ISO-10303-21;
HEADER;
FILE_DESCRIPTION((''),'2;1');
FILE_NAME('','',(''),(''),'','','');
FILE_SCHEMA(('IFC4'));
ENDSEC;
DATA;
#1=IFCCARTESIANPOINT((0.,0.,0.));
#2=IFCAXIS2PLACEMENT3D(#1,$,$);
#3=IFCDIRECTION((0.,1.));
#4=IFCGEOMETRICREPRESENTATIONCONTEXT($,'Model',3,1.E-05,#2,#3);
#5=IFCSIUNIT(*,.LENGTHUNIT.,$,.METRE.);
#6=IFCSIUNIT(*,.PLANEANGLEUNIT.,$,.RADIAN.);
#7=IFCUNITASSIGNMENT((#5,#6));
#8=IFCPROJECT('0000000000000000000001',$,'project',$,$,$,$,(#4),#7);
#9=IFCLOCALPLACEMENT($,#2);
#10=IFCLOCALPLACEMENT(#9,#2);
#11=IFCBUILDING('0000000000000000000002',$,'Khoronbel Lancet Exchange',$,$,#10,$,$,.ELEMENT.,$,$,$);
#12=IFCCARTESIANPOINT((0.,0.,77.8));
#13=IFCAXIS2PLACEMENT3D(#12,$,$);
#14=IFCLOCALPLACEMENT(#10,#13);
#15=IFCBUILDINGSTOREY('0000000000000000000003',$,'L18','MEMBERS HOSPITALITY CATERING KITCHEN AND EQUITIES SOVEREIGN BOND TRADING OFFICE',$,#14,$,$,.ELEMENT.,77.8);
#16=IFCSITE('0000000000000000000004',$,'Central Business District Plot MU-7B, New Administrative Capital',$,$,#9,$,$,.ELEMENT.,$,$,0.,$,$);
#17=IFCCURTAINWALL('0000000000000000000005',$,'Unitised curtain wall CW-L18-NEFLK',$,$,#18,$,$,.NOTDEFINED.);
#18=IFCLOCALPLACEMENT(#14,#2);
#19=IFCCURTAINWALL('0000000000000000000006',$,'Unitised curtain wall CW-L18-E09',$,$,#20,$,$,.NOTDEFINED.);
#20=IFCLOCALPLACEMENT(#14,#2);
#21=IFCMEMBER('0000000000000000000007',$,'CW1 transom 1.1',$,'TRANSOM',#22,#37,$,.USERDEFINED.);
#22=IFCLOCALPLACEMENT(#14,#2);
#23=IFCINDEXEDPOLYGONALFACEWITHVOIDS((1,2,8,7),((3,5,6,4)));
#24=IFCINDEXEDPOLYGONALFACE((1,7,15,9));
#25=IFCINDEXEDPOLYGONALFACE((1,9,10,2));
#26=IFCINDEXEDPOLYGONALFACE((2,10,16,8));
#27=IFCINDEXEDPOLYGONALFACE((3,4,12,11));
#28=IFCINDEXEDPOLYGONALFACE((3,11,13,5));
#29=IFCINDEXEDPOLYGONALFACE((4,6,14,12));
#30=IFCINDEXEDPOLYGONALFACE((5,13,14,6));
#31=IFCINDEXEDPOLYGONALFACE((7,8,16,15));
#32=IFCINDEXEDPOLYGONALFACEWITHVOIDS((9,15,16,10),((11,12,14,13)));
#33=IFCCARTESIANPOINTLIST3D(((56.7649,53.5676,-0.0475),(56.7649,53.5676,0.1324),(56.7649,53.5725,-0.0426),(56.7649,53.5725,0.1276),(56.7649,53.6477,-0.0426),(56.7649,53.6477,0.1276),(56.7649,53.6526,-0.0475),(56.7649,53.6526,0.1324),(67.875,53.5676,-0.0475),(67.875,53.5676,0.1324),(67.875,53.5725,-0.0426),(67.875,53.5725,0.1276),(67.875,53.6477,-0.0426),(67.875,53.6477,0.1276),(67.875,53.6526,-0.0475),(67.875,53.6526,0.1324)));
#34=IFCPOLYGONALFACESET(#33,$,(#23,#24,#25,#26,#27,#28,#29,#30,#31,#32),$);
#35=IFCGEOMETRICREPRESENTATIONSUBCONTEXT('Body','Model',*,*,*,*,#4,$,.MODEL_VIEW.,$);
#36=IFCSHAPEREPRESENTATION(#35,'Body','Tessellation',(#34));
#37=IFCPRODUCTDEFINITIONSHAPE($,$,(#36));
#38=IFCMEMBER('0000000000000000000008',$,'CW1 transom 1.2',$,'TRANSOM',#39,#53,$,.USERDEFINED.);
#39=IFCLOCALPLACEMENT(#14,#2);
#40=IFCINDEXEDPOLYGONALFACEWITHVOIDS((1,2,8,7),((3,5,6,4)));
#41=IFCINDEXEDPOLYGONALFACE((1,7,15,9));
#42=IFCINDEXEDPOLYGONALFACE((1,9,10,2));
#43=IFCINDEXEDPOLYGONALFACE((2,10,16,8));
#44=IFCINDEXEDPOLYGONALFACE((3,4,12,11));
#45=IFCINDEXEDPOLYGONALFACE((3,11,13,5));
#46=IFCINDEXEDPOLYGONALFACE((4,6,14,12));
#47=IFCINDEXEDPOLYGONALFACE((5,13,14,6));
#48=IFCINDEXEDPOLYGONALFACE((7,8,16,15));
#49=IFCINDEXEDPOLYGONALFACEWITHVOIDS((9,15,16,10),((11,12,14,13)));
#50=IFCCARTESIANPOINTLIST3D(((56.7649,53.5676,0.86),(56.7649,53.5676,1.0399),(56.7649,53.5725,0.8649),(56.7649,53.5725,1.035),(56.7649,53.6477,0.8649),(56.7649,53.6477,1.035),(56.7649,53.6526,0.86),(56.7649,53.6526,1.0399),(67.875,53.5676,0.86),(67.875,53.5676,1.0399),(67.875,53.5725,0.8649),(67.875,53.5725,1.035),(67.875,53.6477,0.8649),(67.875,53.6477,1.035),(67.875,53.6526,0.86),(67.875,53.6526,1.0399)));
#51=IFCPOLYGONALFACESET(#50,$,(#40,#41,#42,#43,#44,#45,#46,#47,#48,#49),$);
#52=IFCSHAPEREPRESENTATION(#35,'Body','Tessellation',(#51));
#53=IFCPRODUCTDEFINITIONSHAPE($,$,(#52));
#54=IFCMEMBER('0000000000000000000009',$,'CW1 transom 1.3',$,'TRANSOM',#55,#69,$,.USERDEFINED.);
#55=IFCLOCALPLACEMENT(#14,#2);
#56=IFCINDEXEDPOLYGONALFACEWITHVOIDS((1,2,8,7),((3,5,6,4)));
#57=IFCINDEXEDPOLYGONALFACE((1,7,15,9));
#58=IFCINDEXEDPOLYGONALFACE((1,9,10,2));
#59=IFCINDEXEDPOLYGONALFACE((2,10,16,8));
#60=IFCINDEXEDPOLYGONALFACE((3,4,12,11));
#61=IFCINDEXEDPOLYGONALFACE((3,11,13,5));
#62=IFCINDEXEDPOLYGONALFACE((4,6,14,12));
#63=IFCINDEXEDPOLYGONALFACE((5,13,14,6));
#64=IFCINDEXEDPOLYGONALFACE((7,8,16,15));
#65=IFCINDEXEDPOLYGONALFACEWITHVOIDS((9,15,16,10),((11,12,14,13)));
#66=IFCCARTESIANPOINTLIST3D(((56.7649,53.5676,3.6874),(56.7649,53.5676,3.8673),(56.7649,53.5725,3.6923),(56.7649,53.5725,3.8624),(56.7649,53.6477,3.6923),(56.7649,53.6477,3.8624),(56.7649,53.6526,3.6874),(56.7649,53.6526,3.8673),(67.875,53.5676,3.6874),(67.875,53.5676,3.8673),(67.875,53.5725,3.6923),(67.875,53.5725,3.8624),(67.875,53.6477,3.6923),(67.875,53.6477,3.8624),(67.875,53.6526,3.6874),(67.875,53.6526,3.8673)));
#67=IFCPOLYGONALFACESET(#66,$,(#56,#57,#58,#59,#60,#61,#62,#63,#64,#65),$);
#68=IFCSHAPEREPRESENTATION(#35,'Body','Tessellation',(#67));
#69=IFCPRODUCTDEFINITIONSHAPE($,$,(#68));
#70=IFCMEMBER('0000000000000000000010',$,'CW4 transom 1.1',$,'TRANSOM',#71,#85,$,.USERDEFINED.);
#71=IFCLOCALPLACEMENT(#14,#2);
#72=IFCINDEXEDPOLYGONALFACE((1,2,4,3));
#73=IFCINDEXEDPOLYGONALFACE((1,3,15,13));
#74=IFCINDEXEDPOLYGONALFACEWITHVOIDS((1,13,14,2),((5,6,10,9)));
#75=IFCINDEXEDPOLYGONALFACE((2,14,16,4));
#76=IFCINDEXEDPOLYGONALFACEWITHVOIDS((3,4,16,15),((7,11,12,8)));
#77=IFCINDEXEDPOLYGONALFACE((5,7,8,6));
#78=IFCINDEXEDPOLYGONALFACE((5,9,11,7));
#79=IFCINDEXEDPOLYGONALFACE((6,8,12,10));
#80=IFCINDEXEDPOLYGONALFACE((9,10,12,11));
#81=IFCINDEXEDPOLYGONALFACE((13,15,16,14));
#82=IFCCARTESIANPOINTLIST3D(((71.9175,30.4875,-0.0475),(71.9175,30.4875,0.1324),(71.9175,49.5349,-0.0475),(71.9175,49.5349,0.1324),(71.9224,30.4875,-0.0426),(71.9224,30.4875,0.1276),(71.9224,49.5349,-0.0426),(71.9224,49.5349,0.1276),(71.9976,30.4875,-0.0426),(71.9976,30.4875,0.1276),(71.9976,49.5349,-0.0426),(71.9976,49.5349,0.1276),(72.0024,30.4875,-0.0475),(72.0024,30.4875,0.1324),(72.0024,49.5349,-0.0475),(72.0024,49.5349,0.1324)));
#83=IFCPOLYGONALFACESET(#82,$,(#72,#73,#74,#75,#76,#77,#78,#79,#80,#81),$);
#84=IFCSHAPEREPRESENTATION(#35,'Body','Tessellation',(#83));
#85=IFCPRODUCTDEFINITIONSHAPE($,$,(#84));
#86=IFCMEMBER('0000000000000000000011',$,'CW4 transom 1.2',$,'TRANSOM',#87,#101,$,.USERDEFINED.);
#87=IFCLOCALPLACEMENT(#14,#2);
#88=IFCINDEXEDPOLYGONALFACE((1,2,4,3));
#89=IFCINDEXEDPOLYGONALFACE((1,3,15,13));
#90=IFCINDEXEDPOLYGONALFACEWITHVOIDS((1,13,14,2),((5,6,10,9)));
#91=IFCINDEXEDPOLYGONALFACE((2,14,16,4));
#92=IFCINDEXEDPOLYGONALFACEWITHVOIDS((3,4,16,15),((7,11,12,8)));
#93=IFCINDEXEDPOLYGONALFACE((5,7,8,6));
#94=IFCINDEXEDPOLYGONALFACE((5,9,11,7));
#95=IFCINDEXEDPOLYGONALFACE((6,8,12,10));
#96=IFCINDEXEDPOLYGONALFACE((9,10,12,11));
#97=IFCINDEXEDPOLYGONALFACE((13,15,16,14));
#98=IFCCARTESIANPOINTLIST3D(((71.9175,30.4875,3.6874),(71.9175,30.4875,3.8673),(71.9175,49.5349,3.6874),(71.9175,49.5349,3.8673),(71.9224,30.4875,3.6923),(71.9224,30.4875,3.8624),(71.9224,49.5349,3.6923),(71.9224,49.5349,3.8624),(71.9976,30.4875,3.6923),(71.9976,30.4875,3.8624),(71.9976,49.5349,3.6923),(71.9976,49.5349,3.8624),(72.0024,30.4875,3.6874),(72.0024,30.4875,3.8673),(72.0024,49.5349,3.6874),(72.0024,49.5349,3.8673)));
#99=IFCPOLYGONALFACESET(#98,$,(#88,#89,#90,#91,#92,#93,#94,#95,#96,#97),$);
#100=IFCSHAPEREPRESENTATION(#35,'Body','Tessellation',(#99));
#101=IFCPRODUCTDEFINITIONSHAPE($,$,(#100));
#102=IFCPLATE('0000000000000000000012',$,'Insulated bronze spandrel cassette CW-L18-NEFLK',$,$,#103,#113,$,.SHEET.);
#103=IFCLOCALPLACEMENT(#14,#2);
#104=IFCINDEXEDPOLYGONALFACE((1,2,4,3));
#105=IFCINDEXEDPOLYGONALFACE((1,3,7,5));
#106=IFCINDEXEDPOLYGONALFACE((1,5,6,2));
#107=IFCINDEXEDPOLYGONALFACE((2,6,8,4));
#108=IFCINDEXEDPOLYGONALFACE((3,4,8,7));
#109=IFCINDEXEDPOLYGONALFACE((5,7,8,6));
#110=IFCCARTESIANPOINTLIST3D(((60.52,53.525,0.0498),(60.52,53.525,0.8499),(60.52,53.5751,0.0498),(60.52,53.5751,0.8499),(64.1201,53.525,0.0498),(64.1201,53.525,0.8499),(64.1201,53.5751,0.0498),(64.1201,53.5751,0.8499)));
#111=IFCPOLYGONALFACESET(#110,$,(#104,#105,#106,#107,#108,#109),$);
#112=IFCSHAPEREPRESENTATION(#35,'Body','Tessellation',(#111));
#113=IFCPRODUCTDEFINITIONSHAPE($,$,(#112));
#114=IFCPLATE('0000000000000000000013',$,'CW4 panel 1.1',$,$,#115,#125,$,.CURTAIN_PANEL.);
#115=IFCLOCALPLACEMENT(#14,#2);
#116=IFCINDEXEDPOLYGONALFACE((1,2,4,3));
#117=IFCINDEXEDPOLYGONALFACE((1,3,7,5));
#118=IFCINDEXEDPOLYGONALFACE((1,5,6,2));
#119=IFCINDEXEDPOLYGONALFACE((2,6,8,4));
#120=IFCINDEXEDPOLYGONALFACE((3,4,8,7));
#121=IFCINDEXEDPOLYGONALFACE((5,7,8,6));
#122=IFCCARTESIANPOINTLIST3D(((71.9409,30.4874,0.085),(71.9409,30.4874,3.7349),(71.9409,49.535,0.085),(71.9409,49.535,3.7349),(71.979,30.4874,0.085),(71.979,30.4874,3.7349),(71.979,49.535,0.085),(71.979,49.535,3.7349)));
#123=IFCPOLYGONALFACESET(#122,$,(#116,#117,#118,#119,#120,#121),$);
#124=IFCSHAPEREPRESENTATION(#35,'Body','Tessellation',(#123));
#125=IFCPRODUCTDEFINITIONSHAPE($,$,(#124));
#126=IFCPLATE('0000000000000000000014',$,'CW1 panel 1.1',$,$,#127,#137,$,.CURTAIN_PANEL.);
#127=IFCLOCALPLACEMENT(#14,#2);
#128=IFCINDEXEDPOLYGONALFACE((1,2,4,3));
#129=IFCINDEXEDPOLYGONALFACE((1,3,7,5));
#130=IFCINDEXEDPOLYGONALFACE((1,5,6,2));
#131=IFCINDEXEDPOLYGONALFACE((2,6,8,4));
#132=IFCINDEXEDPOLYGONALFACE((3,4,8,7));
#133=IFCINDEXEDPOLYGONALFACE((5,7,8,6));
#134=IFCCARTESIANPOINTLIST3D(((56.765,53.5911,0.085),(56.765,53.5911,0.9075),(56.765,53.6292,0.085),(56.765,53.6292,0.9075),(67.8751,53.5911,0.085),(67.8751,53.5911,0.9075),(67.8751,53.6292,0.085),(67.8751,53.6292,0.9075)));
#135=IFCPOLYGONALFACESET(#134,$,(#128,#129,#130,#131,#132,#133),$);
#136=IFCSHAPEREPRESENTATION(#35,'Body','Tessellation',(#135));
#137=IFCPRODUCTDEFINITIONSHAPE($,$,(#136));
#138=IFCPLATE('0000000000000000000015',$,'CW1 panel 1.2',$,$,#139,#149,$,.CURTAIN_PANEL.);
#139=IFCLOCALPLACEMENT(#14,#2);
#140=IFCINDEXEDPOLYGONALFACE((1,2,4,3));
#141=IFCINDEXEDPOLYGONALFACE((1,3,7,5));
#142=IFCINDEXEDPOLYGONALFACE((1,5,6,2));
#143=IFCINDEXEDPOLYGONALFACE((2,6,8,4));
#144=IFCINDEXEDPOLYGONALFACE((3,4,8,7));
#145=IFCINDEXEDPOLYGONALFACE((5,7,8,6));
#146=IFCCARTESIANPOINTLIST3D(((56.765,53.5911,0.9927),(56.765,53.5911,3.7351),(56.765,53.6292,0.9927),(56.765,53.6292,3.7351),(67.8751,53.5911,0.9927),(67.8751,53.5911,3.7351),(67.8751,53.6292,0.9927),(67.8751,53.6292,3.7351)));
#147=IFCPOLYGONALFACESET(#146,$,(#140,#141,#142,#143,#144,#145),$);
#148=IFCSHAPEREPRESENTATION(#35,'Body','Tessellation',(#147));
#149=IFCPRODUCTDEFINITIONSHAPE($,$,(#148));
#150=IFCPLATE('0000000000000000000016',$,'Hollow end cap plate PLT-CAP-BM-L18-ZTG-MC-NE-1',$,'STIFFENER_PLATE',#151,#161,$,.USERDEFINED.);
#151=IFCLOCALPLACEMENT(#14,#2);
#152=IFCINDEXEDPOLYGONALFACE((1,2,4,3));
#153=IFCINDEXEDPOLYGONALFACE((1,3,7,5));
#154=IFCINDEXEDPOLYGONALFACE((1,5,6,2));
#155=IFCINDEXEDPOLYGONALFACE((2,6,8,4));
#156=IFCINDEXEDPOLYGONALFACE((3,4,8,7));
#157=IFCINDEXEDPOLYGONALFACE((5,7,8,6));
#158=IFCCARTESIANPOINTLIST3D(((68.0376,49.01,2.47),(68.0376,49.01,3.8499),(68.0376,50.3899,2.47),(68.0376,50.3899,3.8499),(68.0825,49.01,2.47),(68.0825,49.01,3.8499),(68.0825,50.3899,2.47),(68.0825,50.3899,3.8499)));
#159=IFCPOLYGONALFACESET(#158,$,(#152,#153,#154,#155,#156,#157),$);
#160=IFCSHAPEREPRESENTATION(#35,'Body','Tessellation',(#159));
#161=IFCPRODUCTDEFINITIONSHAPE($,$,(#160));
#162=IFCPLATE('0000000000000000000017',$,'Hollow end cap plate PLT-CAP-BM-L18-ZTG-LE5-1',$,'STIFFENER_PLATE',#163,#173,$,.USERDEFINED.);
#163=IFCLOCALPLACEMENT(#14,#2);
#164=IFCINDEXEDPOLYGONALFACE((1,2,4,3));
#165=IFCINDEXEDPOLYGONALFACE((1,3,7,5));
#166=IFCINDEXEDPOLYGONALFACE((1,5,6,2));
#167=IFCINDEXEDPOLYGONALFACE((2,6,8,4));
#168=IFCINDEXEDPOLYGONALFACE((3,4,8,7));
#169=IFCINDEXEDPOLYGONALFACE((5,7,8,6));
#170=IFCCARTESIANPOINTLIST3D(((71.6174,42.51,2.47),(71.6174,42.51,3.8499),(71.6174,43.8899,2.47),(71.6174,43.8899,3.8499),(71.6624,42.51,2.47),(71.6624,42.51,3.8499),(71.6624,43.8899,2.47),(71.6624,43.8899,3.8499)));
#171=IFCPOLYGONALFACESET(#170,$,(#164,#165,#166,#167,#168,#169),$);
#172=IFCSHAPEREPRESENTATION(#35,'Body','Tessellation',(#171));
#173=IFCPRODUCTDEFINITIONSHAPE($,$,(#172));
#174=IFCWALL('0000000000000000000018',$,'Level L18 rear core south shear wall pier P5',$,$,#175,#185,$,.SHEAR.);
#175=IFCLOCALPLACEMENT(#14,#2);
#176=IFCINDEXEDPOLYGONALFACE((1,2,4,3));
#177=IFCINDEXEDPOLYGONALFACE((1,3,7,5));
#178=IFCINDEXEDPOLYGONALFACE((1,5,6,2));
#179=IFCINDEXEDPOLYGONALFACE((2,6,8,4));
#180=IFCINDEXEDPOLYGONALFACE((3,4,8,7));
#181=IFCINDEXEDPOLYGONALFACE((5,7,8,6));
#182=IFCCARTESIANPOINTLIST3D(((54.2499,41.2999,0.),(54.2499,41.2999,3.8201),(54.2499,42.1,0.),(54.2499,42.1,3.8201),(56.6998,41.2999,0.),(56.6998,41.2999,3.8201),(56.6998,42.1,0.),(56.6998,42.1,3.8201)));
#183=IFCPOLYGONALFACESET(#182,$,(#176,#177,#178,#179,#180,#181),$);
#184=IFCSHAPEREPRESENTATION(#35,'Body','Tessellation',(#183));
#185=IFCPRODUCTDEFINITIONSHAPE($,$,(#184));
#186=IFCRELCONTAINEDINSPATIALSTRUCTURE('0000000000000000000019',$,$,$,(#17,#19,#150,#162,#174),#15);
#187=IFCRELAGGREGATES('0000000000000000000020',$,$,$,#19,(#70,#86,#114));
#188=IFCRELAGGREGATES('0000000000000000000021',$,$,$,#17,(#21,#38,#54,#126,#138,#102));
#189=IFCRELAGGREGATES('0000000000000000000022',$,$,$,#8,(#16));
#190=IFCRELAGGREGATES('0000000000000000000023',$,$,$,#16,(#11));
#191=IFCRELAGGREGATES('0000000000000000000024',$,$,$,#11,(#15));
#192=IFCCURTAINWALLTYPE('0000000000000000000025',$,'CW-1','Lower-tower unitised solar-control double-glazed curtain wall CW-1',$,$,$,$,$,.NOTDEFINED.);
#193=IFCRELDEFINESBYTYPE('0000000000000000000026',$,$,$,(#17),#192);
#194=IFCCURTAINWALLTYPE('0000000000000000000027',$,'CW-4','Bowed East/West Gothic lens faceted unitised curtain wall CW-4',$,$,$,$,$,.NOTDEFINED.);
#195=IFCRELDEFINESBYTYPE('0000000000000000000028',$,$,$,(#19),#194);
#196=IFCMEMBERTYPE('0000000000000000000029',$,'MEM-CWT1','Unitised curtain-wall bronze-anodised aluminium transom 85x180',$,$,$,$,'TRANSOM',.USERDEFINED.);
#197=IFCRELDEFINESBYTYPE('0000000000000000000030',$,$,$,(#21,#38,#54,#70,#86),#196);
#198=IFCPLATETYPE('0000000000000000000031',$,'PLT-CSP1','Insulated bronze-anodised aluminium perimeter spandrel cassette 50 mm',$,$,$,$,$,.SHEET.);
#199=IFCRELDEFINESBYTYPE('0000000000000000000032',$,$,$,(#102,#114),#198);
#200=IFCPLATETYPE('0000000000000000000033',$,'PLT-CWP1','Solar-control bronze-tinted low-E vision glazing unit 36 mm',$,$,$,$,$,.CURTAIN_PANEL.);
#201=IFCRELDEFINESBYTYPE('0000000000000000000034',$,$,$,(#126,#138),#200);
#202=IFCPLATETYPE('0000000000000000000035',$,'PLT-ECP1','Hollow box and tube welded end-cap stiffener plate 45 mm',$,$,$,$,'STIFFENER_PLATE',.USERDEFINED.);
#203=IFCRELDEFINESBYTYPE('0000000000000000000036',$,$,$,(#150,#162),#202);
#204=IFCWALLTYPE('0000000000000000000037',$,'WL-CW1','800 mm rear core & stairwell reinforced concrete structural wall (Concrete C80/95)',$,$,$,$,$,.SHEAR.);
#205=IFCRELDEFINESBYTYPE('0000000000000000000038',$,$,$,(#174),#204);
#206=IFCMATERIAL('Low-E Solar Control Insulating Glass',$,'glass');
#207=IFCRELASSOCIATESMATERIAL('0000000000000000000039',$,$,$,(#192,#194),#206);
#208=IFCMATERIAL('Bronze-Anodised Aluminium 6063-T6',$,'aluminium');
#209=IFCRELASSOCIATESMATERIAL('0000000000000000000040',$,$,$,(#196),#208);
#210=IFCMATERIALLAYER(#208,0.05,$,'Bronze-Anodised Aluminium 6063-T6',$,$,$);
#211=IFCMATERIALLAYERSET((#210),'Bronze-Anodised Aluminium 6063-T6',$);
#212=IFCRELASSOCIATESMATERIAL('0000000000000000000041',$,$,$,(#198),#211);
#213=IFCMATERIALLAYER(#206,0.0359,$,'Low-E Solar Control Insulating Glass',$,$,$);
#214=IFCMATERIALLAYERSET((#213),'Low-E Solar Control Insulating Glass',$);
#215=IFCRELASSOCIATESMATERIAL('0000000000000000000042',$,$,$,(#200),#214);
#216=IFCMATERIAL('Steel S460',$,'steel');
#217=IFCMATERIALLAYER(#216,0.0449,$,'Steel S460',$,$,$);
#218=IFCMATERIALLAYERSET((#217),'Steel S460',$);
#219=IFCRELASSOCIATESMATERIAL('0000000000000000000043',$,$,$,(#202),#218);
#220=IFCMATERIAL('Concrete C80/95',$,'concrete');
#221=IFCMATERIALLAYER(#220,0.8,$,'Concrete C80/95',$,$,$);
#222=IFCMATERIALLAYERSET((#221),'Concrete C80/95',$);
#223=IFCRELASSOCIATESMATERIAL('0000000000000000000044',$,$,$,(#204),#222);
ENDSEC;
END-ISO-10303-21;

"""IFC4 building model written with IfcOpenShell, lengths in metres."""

from ifc_helpers import new_model, si_unit, direction, frame, frame_2d, origin, origin_2d, place, context, subcontext, project, spatial, rectangle, hollow_rectangle, extrude, material, layer, layer_set, material_profile, profile_set, type_object, element, aggregate, save


model = new_model("IFC4")

# Units and contexts
model_context = context("Model", 3, precision=1e-05, world=origin(), true_north=direction((0.0, 1.0)))
body_context = subcontext(model_context, "Body", "Model", "MODEL_VIEW")
ifc_project = project(units=[si_unit("LENGTHUNIT", "METRE"), si_unit("PLANEANGLEUNIT", "RADIAN")], contexts=[model_context])

# Site, building, storey
site_placement = place(None, origin())
site = spatial("IfcSite", under=ifc_project, at=site_placement, Name="Central Business District Plot MU-7B, New Administrative Capital", CompositionType="ELEMENT", RefElevation=0.0)
building_placement = place(site_placement, origin())
building = spatial("IfcBuilding", under=site, at=building_placement, Name="Khoronbel Lancet Exchange", CompositionType="ELEMENT")
storey_placement = place(building_placement, frame((0.0, 0.0, 77.8)))
storey = spatial("IfcBuildingStorey", under=building, at=storey_placement, Name="L18", Description="MEMBERS HOSPITALITY CATERING KITCHEN AND EQUITIES SOVEREIGN BOND TRADING OFFICE", CompositionType="ELEMENT", Elevation=77.8)

# Shared definitions
ifc_material_1 = material(Name="Steel S460", Category="steel")

# Curtain wall
ifc_material_2 = material(Name="Low-E Solar Control Insulating Glass", Category="glass")
curtain_wall_type_1 = type_object("IfcCurtainWallType", Name="CW-1", Description="Lower-tower unitised solar-control double-glazed curtain wall CW-1", PredefinedType="NOTDEFINED", material=ifc_material_2)
curtain_wall_1_placement = place(storey_placement, origin())
curtain_wall_1 = element("IfcCurtainWall", 1, at=curtain_wall_1_placement, inside=storey, type_object=curtain_wall_type_1, Name="Unitised curtain wall CW-L18-NEFLK", PredefinedType="NOTDEFINED")
ifc_material_3 = material(Name="Bronze-Anodised Aluminium 6063-T6", Category="aluminium")

# Curtain wall
curtain_wall_type_2 = type_object("IfcCurtainWallType", Name="CW-4", Description="Bowed East/West Gothic lens faceted unitised curtain wall CW-4", PredefinedType="NOTDEFINED", material=ifc_material_2)
curtain_wall_2_placement = place(storey_placement, origin())
curtain_wall_2 = element("IfcCurtainWall", 2, at=curtain_wall_2_placement, inside=storey, type_object=curtain_wall_type_2, Name="Unitised curtain wall CW-L18-E09", PredefinedType="NOTDEFINED")

# Members
ifc_material_profile_1 = material_profile(ifc_material_3, hollow_rectangle(XDim=0.085, YDim=0.1799, WallThickness=0.0049, at=origin_2d()), Name="ALU TRANSOM 85x180")
ifc_profile_set_1 = profile_set([ifc_material_profile_1], Name="Bronze-Anodised Aluminium 6063-T6")
member_type_1 = type_object("IfcMemberType", Name="MEM-CWT1", Description="Unitised curtain-wall bronze-anodised aluminium transom 85x180", ElementType="TRANSOM", PredefinedType="USERDEFINED", material=ifc_profile_set_1)
member_1_placement = place(storey_placement, frame((67.875, 53.6101, 0.0425), z_axis=(-1.0, 0.0, 0.0), x_axis=(0.0, -1.0, 0.0)))
member_1 = element("IfcMember", 3, at=member_1_placement, type_object=member_type_1, Name="CW1 transom 1.1", ObjectType="TRANSOM", PredefinedType="USERDEFINED", context=body_context, shape_type="SweptSolid", body=[
    extrude(hollow_rectangle(XDim=0.085, YDim=0.1799, WallThickness=0.0049, at=origin_2d()), origin(), (0.0, 0.0, 1.0), 11.1101),
])
member_2_placement = place(storey_placement, frame((67.875, 53.6101, 0.95), z_axis=(-1.0, 0.0, 0.0), x_axis=(0.0, -1.0, 0.0)))
member_2 = element("IfcMember", 4, at=member_2_placement, type_object=member_type_1, Name="CW1 transom 1.2", ObjectType="TRANSOM", PredefinedType="USERDEFINED", context=body_context, shape_type="SweptSolid", body=[
    extrude(hollow_rectangle(XDim=0.085, YDim=0.1799, WallThickness=0.0049, at=origin_2d()), origin(), (0.0, 0.0, 1.0), 11.1101),
])
member_3_placement = place(storey_placement, frame((67.875, 53.6101, 3.7773), z_axis=(-1.0, 0.0, 0.0), x_axis=(0.0, -1.0, 0.0)))
member_3 = element("IfcMember", 5, at=member_3_placement, type_object=member_type_1, Name="CW1 transom 1.3", ObjectType="TRANSOM", PredefinedType="USERDEFINED", context=body_context, shape_type="SweptSolid", body=[
    extrude(hollow_rectangle(XDim=0.085, YDim=0.1799, WallThickness=0.0049, at=origin_2d()), origin(), (0.0, 0.0, 1.0), 11.1101),
])
member_4_placement = place(storey_placement, frame((71.96, 49.5349, 0.0425), z_axis=(0.0, -1.0, 0.0), x_axis=(1.0, 0.0, 0.0)))
member_4 = element("IfcMember", 6, at=member_4_placement, type_object=member_type_1, Name="CW4 transom 1.1", ObjectType="TRANSOM", PredefinedType="USERDEFINED", context=body_context, shape_type="SweptSolid", body=[
    extrude(hollow_rectangle(XDim=0.085, YDim=0.1799, WallThickness=0.0049, at=origin_2d()), origin(), (0.0, 0.0, 1.0), 19.0474),
])
member_5_placement = place(storey_placement, frame((71.96, 49.5349, 3.7773), z_axis=(0.0, -1.0, 0.0), x_axis=(1.0, 0.0, 0.0)))
member_5 = element("IfcMember", 7, at=member_5_placement, type_object=member_type_1, Name="CW4 transom 1.2", ObjectType="TRANSOM", PredefinedType="USERDEFINED", context=body_context, shape_type="SweptSolid", body=[
    extrude(hollow_rectangle(XDim=0.085, YDim=0.1799, WallThickness=0.0049, at=origin_2d()), origin(), (0.0, 0.0, 1.0), 19.0474),
])

# Plates
ifc_layer_1 = layer(ifc_material_3, 0.05, Name="Bronze-Anodised Aluminium 6063-T6")
ifc_layer_set_1 = layer_set([ifc_layer_1], Name="Bronze-Anodised Aluminium 6063-T6")
plate_type_1 = type_object("IfcPlateType", Name="PLT-CSP1", Description="Insulated bronze-anodised aluminium perimeter spandrel cassette 50 mm", PredefinedType="SHEET", material=ifc_layer_set_1)
plate_1_placement = place(storey_placement, frame((62.3201, 53.55, 0.0498), z_axis=(0.0, 0.0, 1.0), x_axis=(-1.0, 0.0, 0.0)))
plate_1 = element("IfcPlate", 8, at=plate_1_placement, type_object=plate_type_1, Name="Insulated bronze spandrel cassette CW-L18-NEFLK", PredefinedType="SHEET", context=body_context, shape_type="SweptSolid", body=[
    extrude(rectangle(XDim=3.6001, YDim=0.05, at=origin_2d()), origin(), (0.0, 0.0, 1.0), 0.8),
])
plate_2_placement = place(storey_placement, frame((71.96, 40.0112, 0.085), z_axis=(0.0, 0.0, 1.0), x_axis=(0.0, -1.0, 0.0)))
plate_2 = element("IfcPlate", 9, at=plate_2_placement, type_object=plate_type_1, Name="CW4 panel 1.1", PredefinedType="CURTAIN_PANEL", context=body_context, shape_type="SweptSolid", body=[
    extrude(rectangle(XDim=19.0476, YDim=0.0381, at=origin_2d()), origin(), (0.0, 0.0, 1.0), 3.6499),
])
aggregate(curtain_wall_2, [member_4, member_5, plate_2])
ifc_layer_2 = layer(ifc_material_2, 0.0359, Name="Low-E Solar Control Insulating Glass")
ifc_layer_set_2 = layer_set([ifc_layer_2], Name="Low-E Solar Control Insulating Glass")
plate_type_2 = type_object("IfcPlateType", Name="PLT-CWP1", Description="Solar-control bronze-tinted low-E vision glazing unit 36 mm", PredefinedType="CURTAIN_PANEL", material=ifc_layer_set_2)
plate_3_placement = place(storey_placement, frame((62.3201, 53.6101, 0.085), z_axis=(0.0, 0.0, 1.0), x_axis=(-1.0, 0.0, 0.0)))
plate_3 = element("IfcPlate", 10, at=plate_3_placement, type_object=plate_type_2, Name="CW1 panel 1.1", PredefinedType="CURTAIN_PANEL", context=body_context, shape_type="SweptSolid", body=[
    extrude(rectangle(XDim=11.1101, YDim=0.0381, at=origin_2d()), origin(), (0.0, 0.0, 1.0), 0.8225),
])
plate_4_placement = place(storey_placement, frame((62.3201, 53.6101, 0.9927), z_axis=(0.0, 0.0, 1.0), x_axis=(-1.0, 0.0, 0.0)))
plate_4 = element("IfcPlate", 11, at=plate_4_placement, type_object=plate_type_2, Name="CW1 panel 1.2", PredefinedType="CURTAIN_PANEL", context=body_context, shape_type="SweptSolid", body=[
    extrude(rectangle(XDim=11.1101, YDim=0.0381, at=origin_2d()), origin(), (0.0, 0.0, 1.0), 2.7424),
])
aggregate(curtain_wall_1, [member_1, member_2, member_3, plate_3, plate_4, plate_1])

# Plates
ifc_layer_3 = layer(ifc_material_1, 0.0449, Name="Steel S460")
ifc_layer_set_3 = layer_set([ifc_layer_3], Name="Steel S460")
plate_type_3 = type_object("IfcPlateType", Name="PLT-ECP1", Description="Hollow box and tube welded end-cap stiffener plate 45 mm", ElementType="STIFFENER_PLATE", PredefinedType="USERDEFINED", material=ifc_layer_set_3)
for number, where, z_axis, x_axis, name in (
    (12, (68.0601, 49.7, 2.47), (0.0, 0.0, 1.0), (1.0, 0.0, 0.0), "Hollow end cap plate PLT-CAP-BM-L18-ZTG-MC-NE-1"),
    (13, (71.6399, 43.2, 2.47), (0.0, 0.0, 1.0), (1.0, 0.0, 0.0), "Hollow end cap plate PLT-CAP-BM-L18-ZTG-LE5-1"),
):
    element("IfcPlate", number, at=place(storey_placement, frame(where, z_axis=z_axis, x_axis=x_axis)), inside=storey, type_object=plate_type_3, Name=name, ObjectType="STIFFENER_PLATE", PredefinedType="USERDEFINED", context=body_context, shape_type="SweptSolid", body=[
        extrude(rectangle(XDim=0.0449, YDim=1.3799, at=origin_2d()), origin(), (0.0, 0.0, 1.0), 1.3799),
    ])

# Wall
ifc_material_4 = material(Name="Concrete C80/95", Category="concrete")
ifc_layer_4 = layer(ifc_material_4, 0.8, Name="Concrete C80/95")
ifc_layer_set_4 = layer_set([ifc_layer_4], Name="Concrete C80/95")
wall_type_1 = type_object("IfcWallType", Name="WL-CW1", Description="800 mm rear core & stairwell reinforced concrete structural wall (Concrete C80/95)", PredefinedType="SHEAR", material=ifc_layer_set_4)
wall_1_placement = place(storey_placement, frame((56.7, 41.7, 0.0), z_axis=(0.0, 0.0, 1.0), x_axis=(-1.0, 0.0, 0.0)))
element("IfcWall", 14, at=wall_1_placement, inside=storey, type_object=wall_type_1, Name="Level L18 rear core south shear wall pier P5", PredefinedType="SHEAR", context=body_context, shape_type="SweptSolid", body=[
    extrude(rectangle(XDim=2.45, YDim=0.8, at=frame_2d((1.2251, 0.0))), origin(), (0.0, 0.0, 1.0), 3.8201),
])

save(model, "model.ifc")
